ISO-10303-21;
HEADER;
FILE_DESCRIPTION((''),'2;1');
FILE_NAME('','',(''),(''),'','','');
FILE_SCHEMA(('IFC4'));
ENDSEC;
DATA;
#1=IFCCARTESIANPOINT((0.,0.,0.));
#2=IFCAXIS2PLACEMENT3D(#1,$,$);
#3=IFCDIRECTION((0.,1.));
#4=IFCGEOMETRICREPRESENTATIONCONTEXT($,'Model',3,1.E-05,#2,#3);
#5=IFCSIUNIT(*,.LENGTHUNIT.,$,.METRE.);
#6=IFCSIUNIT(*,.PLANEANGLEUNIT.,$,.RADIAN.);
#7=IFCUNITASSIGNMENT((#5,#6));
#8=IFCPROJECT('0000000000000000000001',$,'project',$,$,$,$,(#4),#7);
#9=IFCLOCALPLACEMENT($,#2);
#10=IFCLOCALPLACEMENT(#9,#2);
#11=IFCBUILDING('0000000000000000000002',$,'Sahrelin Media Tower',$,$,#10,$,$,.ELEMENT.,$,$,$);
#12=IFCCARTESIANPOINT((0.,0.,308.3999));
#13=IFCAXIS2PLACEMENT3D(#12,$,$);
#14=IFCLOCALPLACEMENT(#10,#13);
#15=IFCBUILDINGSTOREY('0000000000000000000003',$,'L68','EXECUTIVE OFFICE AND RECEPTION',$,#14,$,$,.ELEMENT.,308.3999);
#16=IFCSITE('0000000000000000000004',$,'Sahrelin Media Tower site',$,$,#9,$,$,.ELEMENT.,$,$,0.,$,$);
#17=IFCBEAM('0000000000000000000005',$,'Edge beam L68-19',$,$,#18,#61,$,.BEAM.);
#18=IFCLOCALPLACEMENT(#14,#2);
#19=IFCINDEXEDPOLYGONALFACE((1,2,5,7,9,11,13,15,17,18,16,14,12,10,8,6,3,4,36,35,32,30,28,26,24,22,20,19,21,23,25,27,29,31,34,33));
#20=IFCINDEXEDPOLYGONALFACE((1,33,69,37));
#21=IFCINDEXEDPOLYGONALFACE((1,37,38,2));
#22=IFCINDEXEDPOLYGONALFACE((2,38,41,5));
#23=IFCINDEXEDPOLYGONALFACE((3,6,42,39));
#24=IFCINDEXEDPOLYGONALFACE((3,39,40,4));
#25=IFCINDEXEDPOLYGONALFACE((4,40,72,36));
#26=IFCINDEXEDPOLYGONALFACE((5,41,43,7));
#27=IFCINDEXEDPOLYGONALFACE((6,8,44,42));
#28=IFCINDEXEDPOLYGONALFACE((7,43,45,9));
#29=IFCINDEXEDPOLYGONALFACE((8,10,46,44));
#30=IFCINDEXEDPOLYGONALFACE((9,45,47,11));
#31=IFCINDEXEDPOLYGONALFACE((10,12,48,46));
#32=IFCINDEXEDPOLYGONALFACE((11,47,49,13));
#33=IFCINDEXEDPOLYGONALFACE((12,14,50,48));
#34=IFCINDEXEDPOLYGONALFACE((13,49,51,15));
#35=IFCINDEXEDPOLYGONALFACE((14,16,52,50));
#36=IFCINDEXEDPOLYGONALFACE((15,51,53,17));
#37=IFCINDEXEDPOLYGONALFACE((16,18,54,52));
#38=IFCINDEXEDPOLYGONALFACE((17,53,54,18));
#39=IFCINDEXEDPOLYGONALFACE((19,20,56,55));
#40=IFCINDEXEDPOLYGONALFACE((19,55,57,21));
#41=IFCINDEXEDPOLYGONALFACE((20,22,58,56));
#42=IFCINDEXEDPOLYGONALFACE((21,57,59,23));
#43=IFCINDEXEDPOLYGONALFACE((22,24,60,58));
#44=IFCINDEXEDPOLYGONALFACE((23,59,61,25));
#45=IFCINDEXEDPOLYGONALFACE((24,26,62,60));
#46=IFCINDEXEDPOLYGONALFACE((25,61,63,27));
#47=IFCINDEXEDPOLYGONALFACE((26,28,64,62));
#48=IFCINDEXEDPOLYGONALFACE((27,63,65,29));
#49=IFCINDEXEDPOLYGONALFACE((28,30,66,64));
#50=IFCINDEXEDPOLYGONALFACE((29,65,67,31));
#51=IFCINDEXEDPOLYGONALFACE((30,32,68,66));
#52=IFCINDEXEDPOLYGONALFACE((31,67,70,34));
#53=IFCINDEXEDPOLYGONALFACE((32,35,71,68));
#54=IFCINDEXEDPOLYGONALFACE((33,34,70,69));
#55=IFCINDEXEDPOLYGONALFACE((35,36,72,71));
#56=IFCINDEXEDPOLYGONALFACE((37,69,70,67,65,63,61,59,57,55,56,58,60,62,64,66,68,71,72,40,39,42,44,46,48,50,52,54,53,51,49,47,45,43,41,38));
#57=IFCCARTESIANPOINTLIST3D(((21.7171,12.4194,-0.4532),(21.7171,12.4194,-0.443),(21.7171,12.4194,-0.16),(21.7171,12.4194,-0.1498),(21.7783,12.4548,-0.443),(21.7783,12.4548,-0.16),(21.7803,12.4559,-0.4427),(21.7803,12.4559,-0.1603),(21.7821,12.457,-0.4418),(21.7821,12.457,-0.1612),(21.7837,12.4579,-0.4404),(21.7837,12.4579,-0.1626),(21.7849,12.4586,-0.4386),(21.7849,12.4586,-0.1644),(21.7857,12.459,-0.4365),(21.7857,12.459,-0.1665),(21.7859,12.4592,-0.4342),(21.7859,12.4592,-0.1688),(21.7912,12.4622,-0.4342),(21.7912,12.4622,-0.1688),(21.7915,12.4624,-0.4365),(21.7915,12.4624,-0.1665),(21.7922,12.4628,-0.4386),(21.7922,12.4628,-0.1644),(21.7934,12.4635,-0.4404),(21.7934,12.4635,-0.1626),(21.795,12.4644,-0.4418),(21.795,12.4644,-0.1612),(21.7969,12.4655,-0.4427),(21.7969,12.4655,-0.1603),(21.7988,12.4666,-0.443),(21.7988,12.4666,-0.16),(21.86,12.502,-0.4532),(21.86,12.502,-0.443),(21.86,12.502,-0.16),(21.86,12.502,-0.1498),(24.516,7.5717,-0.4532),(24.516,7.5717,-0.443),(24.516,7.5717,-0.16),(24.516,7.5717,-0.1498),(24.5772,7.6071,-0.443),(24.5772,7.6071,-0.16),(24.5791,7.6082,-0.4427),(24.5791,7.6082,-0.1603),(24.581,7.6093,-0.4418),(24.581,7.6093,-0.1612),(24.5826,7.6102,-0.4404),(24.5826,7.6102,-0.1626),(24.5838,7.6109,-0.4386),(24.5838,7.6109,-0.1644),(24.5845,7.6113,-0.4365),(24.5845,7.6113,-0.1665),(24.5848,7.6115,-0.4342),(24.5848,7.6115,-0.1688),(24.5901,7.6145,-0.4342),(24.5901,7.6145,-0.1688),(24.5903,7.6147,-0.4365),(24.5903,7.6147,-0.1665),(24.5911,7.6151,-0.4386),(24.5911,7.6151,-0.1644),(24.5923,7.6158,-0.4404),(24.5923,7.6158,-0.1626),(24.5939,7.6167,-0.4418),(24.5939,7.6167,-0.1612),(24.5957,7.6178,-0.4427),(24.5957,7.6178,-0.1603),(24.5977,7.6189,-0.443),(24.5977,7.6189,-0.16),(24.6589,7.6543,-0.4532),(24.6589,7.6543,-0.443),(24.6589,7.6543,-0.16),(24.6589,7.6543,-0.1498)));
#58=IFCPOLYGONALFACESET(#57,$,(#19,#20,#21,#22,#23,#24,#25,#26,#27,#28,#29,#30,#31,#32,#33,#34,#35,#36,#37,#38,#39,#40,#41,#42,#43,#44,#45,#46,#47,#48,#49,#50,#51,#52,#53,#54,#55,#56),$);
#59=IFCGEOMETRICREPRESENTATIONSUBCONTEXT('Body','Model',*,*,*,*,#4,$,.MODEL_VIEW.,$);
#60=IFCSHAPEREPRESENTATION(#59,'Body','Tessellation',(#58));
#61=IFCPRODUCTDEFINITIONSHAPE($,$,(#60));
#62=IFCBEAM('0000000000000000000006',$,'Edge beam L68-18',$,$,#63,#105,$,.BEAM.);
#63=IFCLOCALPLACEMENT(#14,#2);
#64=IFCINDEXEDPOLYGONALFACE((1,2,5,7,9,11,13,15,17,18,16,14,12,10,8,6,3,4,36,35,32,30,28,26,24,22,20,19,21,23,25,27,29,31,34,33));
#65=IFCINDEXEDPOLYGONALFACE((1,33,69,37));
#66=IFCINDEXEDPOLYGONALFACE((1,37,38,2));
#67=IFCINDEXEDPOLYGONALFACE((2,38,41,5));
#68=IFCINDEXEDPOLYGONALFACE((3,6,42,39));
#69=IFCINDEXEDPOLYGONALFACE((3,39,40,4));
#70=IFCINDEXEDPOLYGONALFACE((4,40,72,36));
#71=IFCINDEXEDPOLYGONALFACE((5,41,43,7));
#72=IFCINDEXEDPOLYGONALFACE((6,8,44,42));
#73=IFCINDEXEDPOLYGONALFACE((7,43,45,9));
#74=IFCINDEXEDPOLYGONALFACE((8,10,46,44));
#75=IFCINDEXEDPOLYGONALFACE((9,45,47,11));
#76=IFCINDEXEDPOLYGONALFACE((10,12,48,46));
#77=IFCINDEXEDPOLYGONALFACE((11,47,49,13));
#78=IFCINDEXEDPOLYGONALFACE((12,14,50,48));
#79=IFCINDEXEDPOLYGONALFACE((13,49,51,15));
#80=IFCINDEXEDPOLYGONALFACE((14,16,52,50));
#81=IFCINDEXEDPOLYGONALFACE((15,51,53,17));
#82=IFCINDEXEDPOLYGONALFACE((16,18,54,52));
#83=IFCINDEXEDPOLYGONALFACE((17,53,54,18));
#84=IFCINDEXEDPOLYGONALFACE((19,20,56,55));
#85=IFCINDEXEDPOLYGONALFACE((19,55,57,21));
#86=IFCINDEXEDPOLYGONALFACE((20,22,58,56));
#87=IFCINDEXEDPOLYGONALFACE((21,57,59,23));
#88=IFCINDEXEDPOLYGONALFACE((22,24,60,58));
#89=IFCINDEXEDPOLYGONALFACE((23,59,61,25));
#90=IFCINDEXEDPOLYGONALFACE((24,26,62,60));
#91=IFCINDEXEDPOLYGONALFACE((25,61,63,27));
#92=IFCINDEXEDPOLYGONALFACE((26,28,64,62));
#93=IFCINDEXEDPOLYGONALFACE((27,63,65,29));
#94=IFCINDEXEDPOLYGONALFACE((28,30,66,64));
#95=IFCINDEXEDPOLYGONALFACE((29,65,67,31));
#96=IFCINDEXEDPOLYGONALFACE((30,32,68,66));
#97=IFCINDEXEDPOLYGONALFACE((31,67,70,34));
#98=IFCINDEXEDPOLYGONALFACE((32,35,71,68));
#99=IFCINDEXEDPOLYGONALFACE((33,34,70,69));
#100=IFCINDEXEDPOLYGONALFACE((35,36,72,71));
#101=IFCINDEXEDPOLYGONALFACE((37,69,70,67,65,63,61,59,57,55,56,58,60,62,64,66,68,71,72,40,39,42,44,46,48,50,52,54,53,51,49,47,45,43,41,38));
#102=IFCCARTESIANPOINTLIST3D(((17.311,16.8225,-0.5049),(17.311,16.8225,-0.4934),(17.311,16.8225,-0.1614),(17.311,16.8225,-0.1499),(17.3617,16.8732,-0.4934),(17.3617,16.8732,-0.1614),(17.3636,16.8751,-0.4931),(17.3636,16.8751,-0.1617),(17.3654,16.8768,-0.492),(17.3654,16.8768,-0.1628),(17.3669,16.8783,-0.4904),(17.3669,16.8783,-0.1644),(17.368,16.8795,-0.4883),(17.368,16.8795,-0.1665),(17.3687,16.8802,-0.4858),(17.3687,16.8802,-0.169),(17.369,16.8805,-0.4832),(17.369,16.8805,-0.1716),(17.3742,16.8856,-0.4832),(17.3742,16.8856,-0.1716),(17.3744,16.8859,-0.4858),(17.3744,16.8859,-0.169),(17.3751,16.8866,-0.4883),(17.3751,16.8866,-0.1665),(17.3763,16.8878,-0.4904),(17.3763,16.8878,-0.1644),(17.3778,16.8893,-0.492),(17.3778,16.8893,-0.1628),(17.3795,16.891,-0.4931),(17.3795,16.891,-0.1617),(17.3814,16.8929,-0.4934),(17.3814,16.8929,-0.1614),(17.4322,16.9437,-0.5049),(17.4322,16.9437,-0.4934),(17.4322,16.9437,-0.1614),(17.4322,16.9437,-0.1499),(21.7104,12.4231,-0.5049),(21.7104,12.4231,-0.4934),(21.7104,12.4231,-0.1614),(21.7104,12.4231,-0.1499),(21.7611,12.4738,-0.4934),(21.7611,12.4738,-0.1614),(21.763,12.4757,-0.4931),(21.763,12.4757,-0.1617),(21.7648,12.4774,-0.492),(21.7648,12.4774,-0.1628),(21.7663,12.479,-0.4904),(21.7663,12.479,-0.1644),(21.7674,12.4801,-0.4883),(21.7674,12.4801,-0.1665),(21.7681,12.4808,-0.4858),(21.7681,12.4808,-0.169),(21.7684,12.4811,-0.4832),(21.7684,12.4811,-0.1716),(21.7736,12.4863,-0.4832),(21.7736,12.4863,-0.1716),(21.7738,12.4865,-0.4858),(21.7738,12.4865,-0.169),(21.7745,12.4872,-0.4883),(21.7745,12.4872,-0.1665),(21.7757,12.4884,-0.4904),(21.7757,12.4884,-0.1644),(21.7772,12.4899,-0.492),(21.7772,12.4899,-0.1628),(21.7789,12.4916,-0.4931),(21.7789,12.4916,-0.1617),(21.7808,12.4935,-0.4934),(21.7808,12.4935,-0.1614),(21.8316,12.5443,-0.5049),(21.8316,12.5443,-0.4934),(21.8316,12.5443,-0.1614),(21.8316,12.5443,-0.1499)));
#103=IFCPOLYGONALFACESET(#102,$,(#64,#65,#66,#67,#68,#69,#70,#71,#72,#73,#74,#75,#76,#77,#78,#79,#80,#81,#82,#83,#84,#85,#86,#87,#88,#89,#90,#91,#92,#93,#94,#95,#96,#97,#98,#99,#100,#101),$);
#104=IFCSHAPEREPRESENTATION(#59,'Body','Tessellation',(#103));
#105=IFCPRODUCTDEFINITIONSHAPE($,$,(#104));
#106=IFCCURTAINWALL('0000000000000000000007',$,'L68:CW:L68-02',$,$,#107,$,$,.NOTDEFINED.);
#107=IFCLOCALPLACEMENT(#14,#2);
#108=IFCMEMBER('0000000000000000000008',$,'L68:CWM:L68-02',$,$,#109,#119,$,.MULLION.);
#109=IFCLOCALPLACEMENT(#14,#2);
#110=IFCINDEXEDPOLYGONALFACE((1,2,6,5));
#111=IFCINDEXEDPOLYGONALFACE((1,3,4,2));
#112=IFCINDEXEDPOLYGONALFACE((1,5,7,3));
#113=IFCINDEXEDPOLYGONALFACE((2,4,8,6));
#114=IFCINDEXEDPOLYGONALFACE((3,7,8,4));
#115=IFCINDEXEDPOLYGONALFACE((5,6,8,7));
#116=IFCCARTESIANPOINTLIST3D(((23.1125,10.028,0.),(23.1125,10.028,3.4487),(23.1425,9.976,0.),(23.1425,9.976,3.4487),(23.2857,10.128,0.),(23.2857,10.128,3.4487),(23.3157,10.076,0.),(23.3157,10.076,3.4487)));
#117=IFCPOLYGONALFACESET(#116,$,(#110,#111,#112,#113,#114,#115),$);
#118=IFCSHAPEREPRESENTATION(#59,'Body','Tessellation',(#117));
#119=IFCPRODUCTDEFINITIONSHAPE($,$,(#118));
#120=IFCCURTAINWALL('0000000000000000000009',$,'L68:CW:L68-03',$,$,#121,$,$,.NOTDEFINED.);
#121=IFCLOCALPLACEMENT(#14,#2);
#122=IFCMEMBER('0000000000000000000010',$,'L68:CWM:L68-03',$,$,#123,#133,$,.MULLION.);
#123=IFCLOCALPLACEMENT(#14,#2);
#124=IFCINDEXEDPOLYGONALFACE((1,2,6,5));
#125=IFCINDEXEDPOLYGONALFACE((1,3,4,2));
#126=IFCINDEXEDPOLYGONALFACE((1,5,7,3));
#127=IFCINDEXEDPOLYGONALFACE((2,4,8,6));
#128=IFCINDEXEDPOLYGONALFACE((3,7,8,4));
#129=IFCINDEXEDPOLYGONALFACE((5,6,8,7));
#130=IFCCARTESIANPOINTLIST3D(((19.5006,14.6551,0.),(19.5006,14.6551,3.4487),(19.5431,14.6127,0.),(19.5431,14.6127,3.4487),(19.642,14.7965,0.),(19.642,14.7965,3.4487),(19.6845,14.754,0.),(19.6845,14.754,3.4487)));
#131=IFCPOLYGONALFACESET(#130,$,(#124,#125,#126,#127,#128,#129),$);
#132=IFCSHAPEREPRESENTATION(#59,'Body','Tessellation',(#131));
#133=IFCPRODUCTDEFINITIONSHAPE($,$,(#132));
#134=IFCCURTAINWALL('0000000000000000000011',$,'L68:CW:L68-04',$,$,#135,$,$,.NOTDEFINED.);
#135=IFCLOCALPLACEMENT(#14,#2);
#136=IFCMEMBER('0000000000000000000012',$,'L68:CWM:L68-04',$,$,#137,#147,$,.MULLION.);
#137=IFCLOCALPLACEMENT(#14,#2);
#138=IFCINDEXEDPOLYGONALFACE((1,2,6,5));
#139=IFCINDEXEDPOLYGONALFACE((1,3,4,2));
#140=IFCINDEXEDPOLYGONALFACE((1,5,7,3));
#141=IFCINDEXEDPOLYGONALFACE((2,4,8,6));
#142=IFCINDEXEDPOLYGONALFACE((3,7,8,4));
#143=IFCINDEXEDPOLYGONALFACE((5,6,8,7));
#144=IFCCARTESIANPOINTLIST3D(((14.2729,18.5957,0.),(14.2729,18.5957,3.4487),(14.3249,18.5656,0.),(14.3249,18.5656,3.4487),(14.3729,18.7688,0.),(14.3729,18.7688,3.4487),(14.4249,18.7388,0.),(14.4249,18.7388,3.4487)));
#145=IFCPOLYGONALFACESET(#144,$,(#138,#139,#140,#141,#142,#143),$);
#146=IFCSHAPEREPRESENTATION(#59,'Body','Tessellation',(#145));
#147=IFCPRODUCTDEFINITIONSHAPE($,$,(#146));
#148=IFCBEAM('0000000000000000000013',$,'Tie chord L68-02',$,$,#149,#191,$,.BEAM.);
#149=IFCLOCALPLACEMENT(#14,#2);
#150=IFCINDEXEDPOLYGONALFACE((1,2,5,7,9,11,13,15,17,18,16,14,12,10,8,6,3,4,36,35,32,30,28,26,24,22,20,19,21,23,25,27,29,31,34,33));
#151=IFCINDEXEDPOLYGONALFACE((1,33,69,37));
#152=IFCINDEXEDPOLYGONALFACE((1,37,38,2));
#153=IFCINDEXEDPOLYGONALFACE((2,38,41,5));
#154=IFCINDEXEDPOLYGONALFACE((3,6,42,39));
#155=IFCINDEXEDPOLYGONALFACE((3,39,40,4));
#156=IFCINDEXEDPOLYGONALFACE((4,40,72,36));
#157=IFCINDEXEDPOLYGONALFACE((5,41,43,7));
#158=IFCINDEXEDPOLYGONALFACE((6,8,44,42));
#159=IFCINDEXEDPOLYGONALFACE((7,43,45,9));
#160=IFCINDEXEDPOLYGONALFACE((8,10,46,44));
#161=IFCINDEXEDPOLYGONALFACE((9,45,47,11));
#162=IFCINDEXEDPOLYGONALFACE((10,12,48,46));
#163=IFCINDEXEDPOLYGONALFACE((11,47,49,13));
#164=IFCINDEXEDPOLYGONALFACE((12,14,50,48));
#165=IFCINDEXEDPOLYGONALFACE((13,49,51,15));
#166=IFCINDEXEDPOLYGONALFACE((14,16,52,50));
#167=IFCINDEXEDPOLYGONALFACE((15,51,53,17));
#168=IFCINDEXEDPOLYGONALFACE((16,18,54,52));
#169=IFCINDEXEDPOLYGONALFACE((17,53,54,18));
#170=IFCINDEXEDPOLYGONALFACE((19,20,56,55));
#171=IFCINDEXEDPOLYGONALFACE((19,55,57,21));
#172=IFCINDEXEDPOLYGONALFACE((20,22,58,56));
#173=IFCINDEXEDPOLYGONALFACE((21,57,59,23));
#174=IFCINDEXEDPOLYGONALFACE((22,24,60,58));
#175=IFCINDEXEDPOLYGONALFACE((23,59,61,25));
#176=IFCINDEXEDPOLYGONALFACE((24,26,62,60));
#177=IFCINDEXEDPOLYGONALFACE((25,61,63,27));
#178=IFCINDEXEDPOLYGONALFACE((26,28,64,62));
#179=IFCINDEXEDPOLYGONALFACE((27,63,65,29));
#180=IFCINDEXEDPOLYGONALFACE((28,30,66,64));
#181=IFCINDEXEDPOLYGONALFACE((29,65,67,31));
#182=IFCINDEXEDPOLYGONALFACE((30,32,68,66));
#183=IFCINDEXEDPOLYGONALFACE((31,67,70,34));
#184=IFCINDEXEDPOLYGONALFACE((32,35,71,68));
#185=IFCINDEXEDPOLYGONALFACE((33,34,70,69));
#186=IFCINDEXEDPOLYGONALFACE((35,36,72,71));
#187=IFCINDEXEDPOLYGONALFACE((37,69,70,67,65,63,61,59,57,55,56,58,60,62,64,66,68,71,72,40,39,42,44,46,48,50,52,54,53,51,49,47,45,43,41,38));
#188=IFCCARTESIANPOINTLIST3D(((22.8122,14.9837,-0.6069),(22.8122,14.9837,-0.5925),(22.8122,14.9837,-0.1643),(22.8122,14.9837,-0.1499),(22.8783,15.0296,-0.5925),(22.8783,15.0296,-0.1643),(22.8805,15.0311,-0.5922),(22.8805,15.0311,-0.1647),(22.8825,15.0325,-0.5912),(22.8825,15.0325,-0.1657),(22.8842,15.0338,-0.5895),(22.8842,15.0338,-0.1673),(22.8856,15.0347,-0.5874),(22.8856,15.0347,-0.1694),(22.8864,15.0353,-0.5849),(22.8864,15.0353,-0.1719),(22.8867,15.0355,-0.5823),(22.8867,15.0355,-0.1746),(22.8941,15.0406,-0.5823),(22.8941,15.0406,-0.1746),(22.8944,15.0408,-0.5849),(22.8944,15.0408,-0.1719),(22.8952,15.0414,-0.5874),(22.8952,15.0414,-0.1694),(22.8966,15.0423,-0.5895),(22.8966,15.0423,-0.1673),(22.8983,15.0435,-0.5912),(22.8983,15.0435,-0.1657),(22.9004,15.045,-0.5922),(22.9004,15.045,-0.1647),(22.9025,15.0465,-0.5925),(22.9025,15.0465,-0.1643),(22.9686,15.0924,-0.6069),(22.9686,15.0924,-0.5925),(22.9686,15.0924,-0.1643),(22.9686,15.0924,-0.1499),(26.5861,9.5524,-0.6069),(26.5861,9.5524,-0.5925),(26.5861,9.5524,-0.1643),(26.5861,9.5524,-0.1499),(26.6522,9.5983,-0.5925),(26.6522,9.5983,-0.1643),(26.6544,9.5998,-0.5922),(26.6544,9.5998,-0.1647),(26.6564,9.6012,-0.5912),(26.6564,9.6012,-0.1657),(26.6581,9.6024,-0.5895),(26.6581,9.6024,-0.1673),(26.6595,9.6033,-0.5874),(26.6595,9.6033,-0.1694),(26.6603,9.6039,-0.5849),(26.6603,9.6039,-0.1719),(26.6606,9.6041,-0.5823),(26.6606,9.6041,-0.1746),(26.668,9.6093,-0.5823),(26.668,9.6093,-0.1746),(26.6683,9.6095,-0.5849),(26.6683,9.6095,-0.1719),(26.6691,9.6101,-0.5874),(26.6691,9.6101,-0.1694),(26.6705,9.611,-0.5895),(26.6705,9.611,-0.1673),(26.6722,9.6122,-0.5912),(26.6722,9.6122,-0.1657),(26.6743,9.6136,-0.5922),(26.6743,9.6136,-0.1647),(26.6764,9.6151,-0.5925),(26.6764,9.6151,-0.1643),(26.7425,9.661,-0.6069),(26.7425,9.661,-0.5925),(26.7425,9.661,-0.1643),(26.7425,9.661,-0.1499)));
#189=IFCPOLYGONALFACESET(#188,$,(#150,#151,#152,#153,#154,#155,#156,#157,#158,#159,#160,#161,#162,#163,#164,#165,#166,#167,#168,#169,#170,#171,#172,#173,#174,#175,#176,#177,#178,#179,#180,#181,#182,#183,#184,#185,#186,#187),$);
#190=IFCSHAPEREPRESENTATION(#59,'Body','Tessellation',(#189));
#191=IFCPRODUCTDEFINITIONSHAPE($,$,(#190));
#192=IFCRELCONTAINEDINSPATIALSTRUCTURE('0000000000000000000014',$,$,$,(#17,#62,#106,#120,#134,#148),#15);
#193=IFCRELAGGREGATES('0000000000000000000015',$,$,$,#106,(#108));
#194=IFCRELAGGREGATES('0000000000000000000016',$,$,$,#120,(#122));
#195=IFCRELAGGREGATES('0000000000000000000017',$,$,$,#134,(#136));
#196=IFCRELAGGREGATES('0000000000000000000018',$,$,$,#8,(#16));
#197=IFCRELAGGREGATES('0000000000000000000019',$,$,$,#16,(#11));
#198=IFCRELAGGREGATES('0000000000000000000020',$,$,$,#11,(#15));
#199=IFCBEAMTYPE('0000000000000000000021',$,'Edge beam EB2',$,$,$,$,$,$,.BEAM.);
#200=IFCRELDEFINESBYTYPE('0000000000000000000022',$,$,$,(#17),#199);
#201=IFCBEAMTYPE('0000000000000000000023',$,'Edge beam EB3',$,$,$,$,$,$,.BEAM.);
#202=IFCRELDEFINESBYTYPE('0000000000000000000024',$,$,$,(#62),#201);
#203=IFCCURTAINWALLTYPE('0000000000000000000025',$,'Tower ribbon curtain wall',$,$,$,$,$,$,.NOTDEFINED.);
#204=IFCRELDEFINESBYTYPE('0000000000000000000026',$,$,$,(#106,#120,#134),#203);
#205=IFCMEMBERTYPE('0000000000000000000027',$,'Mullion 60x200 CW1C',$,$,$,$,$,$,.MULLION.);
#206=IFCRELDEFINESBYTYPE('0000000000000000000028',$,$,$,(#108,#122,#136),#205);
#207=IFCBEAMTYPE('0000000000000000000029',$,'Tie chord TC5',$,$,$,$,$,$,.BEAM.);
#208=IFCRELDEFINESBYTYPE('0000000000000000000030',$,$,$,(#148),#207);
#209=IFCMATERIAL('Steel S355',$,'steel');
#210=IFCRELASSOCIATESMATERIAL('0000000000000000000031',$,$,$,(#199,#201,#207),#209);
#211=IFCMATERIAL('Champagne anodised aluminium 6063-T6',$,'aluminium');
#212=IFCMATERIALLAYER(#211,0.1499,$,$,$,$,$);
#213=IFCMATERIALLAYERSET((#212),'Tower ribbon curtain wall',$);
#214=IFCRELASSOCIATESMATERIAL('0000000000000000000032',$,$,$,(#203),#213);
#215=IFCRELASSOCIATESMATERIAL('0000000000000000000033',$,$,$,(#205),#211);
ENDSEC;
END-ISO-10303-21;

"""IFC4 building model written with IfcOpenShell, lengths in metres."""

from ifc_helpers import new_model, si_unit, direction, frame, origin, origin_2d, place, context, subcontext, project, spatial, rectangle, i_section, extrude, material, layer, layer_set, material_profile, profile_set, type_object, element, aggregate, save


model = new_model("IFC4")

# Units and contexts
model_context = context("Model", 3, precision=1e-05, world=origin(), true_north=direction((0.0, 1.0)))
body_context = subcontext(model_context, "Body", "Model", "MODEL_VIEW")
ifc_project = project(units=[si_unit("LENGTHUNIT", "METRE"), si_unit("PLANEANGLEUNIT", "RADIAN")], contexts=[model_context])

# Site, building, storey
site_placement = place(None, origin())
site = spatial("IfcSite", under=ifc_project, at=site_placement, Name="Sahrelin Media Tower site", CompositionType="ELEMENT", RefElevation=0.0)
building_placement = place(site_placement, origin())
building = spatial("IfcBuilding", under=site, at=building_placement, Name="Sahrelin Media Tower", CompositionType="ELEMENT")
storey_placement = place(building_placement, frame((0.0, 0.0, 308.3999)))
storey = spatial("IfcBuildingStorey", under=building, at=storey_placement, Name="L68", Description="EXECUTIVE OFFICE AND RECEPTION", CompositionType="ELEMENT", Elevation=308.3999)

# Beams
ifc_material_1 = material(Name="Steel S355", Category="steel")
ifc_material_profile_1 = material_profile(ifc_material_1, i_section(OverallWidth=0.165, OverallDepth=0.3035, WebThickness=0.0061, FlangeThickness=0.0103, FilletRadius=0.0088, at=origin_2d()), Name="UB 305x165x40")
ifc_profile_set_1 = profile_set([ifc_material_profile_1], Name="Steel S355")
beam_type_1 = type_object("IfcBeamType", Name="Edge beam EB2", PredefinedType="BEAM", material=ifc_profile_set_1)
beam_1_placement = place(storey_placement, frame((21.7886, 12.4607, -0.3015), z_axis=(0.500004, -0.866023, 0.0), x_axis=(0.866023, 0.500004, 0.0)))
element("IfcBeam", 1, at=beam_1_placement, inside=storey, type_object=beam_type_1, Name="Edge beam L68-19", PredefinedType="BEAM", context=body_context, shape_type="SweptSolid", body=[
    extrude(i_section(OverallWidth=0.165, OverallDepth=0.3035, WebThickness=0.0061, FlangeThickness=0.0103, FilletRadius=0.0088, at=origin_2d()), origin(), (0.0, 0.0, 1.0), 5.5977),
])
ifc_material_profile_2 = material_profile(ifc_material_1, i_section(OverallWidth=0.1714, OverallDepth=0.355, WebThickness=0.0073, FlangeThickness=0.0115, FilletRadius=0.0103, at=origin_2d()), Name="UB 356x171x51")
ifc_profile_set_2 = profile_set([ifc_material_profile_2], Name="Steel S355")
beam_type_2 = type_object("IfcBeamType", Name="Edge beam EB3", PredefinedType="BEAM", material=ifc_profile_set_2)
beam_2_placement = place(storey_placement, frame((17.3716, 16.8831, -0.3274), z_axis=(0.707107, -0.707107, 0.0), x_axis=(0.707107, 0.707107, 0.0)))
element("IfcBeam", 2, at=beam_2_placement, inside=storey, type_object=beam_type_2, Name="Edge beam L68-18", PredefinedType="BEAM", context=body_context, shape_type="SweptSolid", body=[
    extrude(i_section(OverallWidth=0.1714, OverallDepth=0.355, WebThickness=0.0073, FlangeThickness=0.0115, FilletRadius=0.0103, at=origin_2d()), origin(), (0.0, 0.0, 1.0), 6.2217),
])

# Curtain walls, members
ifc_material_2 = material(Name="Champagne anodised aluminium 6063-T6", Category="aluminium")
ifc_layer_1 = layer(ifc_material_2, 0.1499)
ifc_layer_set_1 = layer_set([ifc_layer_1], Name="Tower ribbon curtain wall")
curtain_wall_type = type_object("IfcCurtainWallType", Name="Tower ribbon curtain wall", PredefinedType="NOTDEFINED", material=ifc_layer_set_1)
curtain_wall_1_placement = place(storey_placement, frame((23.3179, 10.1118, 0.0), z_axis=(0.0, 0.0, 1.0), x_axis=(1.0, 0.0, 0.0)))
curtain_wall_1 = element("IfcCurtainWall", 3, at=curtain_wall_1_placement, inside=storey, type_object=curtain_wall_type, Name="L68:CW:L68-02", PredefinedType="NOTDEFINED")
ifc_material_profile_3 = material_profile(ifc_material_2, rectangle(XDim=0.0601, YDim=0.2, at=origin_2d()), Name="Mullion 60x200")
ifc_profile_set_3 = profile_set([ifc_material_profile_3], Name="Champagne anodised aluminium 6063-T6")
member_type_1 = type_object("IfcMemberType", Name="Mullion 60x200 CW1C", PredefinedType="MULLION", material=ifc_profile_set_3)
member_1_placement = place(storey_placement, frame((23.2141, 10.052, 0.0), z_axis=(0.0, 0.0, 1.0), x_axis=(-0.499991, 0.866031, 0.0)))
member_1 = element("IfcMember", 4, at=member_1_placement, type_object=member_type_1, Name="L68:CWM:L68-02", PredefinedType="MULLION", context=body_context, shape_type="SweptSolid", body=[
    extrude(rectangle(XDim=0.0601, YDim=0.2, at=origin_2d()), origin(), (0.0, 0.0, 1.0), 3.4487),
])
aggregate(curtain_wall_1, [member_1])
curtain_wall_2_placement = place(storey_placement, frame((19.6775, 14.7893, 0.0), z_axis=(0.0, 0.0, 1.0), x_axis=(1.0, 0.0, 0.0)))
curtain_wall_2 = element("IfcCurtainWall", 5, at=curtain_wall_2_placement, inside=storey, type_object=curtain_wall_type, Name="L68:CW:L68-03", PredefinedType="NOTDEFINED")
member_2_placement = place(storey_placement, frame((19.5925, 14.7046, 0.0), z_axis=(0.0, 0.0, 1.0), x_axis=(-0.707107, 0.707107, 0.0)))
member_2 = element("IfcMember", 6, at=member_2_placement, type_object=member_type_1, Name="L68:CWM:L68-03", PredefinedType="MULLION", context=body_context, shape_type="SweptSolid", body=[
    extrude(rectangle(XDim=0.0601, YDim=0.2, at=origin_2d()), origin(), (0.0, 0.0, 1.0), 3.4487),
])
curtain_wall_3_placement = place(storey_placement, frame((14.4089, 18.7712, 0.0), z_axis=(0.0, 0.0, 1.0), x_axis=(1.0, 0.0, 0.0)))
curtain_wall_3 = element("IfcCurtainWall", 7, at=curtain_wall_3_placement, inside=storey, type_object=curtain_wall_type, Name="L68:CW:L68-04", PredefinedType="NOTDEFINED")
member_3_placement = place(storey_placement, frame((14.3489, 18.6672, 0.0), z_axis=(0.0, 0.0, 1.0), x_axis=(-0.866029, 0.499994, 0.0)))
member_3 = element("IfcMember", 8, at=member_3_placement, type_object=member_type_1, Name="L68:CWM:L68-04", PredefinedType="MULLION", context=body_context, shape_type="SweptSolid", body=[
    extrude(rectangle(XDim=0.0601, YDim=0.2, at=origin_2d()), origin(), (0.0, 0.0, 1.0), 3.4487),
])

# Beam
ifc_material_profile_4 = material_profile(ifc_material_1, i_section(OverallWidth=0.1904, OverallDepth=0.457, WebThickness=0.009, FlangeThickness=0.0144, FilletRadius=0.0103, at=origin_2d()), Name="UB 457x191x74")
ifc_profile_set_4 = profile_set([ifc_material_profile_4], Name="Steel S355")
beam_type_3 = type_object("IfcBeamType", Name="Tie chord TC5", PredefinedType="BEAM", material=ifc_profile_set_4)
beam_3_placement = place(storey_placement, frame((26.6643, 9.6067, -0.3784), z_axis=(-0.570612, 0.82122, 0.0), x_axis=(-0.82122, -0.570612, 0.0)))
element("IfcBeam", 9, at=beam_3_placement, inside=storey, type_object=beam_type_3, Name="Tie chord L68-02", PredefinedType="BEAM", context=body_context, shape_type="SweptSolid", body=[
    extrude(i_section(OverallWidth=0.1904, OverallDepth=0.457, WebThickness=0.009, FlangeThickness=0.0144, FilletRadius=0.0103, at=origin_2d()), origin(), (0.0, 0.0, 1.0), 6.6138),
])

aggregate(curtain_wall_2, [member_2])
aggregate(curtain_wall_3, [member_3])

save(model, "model.ifc")
